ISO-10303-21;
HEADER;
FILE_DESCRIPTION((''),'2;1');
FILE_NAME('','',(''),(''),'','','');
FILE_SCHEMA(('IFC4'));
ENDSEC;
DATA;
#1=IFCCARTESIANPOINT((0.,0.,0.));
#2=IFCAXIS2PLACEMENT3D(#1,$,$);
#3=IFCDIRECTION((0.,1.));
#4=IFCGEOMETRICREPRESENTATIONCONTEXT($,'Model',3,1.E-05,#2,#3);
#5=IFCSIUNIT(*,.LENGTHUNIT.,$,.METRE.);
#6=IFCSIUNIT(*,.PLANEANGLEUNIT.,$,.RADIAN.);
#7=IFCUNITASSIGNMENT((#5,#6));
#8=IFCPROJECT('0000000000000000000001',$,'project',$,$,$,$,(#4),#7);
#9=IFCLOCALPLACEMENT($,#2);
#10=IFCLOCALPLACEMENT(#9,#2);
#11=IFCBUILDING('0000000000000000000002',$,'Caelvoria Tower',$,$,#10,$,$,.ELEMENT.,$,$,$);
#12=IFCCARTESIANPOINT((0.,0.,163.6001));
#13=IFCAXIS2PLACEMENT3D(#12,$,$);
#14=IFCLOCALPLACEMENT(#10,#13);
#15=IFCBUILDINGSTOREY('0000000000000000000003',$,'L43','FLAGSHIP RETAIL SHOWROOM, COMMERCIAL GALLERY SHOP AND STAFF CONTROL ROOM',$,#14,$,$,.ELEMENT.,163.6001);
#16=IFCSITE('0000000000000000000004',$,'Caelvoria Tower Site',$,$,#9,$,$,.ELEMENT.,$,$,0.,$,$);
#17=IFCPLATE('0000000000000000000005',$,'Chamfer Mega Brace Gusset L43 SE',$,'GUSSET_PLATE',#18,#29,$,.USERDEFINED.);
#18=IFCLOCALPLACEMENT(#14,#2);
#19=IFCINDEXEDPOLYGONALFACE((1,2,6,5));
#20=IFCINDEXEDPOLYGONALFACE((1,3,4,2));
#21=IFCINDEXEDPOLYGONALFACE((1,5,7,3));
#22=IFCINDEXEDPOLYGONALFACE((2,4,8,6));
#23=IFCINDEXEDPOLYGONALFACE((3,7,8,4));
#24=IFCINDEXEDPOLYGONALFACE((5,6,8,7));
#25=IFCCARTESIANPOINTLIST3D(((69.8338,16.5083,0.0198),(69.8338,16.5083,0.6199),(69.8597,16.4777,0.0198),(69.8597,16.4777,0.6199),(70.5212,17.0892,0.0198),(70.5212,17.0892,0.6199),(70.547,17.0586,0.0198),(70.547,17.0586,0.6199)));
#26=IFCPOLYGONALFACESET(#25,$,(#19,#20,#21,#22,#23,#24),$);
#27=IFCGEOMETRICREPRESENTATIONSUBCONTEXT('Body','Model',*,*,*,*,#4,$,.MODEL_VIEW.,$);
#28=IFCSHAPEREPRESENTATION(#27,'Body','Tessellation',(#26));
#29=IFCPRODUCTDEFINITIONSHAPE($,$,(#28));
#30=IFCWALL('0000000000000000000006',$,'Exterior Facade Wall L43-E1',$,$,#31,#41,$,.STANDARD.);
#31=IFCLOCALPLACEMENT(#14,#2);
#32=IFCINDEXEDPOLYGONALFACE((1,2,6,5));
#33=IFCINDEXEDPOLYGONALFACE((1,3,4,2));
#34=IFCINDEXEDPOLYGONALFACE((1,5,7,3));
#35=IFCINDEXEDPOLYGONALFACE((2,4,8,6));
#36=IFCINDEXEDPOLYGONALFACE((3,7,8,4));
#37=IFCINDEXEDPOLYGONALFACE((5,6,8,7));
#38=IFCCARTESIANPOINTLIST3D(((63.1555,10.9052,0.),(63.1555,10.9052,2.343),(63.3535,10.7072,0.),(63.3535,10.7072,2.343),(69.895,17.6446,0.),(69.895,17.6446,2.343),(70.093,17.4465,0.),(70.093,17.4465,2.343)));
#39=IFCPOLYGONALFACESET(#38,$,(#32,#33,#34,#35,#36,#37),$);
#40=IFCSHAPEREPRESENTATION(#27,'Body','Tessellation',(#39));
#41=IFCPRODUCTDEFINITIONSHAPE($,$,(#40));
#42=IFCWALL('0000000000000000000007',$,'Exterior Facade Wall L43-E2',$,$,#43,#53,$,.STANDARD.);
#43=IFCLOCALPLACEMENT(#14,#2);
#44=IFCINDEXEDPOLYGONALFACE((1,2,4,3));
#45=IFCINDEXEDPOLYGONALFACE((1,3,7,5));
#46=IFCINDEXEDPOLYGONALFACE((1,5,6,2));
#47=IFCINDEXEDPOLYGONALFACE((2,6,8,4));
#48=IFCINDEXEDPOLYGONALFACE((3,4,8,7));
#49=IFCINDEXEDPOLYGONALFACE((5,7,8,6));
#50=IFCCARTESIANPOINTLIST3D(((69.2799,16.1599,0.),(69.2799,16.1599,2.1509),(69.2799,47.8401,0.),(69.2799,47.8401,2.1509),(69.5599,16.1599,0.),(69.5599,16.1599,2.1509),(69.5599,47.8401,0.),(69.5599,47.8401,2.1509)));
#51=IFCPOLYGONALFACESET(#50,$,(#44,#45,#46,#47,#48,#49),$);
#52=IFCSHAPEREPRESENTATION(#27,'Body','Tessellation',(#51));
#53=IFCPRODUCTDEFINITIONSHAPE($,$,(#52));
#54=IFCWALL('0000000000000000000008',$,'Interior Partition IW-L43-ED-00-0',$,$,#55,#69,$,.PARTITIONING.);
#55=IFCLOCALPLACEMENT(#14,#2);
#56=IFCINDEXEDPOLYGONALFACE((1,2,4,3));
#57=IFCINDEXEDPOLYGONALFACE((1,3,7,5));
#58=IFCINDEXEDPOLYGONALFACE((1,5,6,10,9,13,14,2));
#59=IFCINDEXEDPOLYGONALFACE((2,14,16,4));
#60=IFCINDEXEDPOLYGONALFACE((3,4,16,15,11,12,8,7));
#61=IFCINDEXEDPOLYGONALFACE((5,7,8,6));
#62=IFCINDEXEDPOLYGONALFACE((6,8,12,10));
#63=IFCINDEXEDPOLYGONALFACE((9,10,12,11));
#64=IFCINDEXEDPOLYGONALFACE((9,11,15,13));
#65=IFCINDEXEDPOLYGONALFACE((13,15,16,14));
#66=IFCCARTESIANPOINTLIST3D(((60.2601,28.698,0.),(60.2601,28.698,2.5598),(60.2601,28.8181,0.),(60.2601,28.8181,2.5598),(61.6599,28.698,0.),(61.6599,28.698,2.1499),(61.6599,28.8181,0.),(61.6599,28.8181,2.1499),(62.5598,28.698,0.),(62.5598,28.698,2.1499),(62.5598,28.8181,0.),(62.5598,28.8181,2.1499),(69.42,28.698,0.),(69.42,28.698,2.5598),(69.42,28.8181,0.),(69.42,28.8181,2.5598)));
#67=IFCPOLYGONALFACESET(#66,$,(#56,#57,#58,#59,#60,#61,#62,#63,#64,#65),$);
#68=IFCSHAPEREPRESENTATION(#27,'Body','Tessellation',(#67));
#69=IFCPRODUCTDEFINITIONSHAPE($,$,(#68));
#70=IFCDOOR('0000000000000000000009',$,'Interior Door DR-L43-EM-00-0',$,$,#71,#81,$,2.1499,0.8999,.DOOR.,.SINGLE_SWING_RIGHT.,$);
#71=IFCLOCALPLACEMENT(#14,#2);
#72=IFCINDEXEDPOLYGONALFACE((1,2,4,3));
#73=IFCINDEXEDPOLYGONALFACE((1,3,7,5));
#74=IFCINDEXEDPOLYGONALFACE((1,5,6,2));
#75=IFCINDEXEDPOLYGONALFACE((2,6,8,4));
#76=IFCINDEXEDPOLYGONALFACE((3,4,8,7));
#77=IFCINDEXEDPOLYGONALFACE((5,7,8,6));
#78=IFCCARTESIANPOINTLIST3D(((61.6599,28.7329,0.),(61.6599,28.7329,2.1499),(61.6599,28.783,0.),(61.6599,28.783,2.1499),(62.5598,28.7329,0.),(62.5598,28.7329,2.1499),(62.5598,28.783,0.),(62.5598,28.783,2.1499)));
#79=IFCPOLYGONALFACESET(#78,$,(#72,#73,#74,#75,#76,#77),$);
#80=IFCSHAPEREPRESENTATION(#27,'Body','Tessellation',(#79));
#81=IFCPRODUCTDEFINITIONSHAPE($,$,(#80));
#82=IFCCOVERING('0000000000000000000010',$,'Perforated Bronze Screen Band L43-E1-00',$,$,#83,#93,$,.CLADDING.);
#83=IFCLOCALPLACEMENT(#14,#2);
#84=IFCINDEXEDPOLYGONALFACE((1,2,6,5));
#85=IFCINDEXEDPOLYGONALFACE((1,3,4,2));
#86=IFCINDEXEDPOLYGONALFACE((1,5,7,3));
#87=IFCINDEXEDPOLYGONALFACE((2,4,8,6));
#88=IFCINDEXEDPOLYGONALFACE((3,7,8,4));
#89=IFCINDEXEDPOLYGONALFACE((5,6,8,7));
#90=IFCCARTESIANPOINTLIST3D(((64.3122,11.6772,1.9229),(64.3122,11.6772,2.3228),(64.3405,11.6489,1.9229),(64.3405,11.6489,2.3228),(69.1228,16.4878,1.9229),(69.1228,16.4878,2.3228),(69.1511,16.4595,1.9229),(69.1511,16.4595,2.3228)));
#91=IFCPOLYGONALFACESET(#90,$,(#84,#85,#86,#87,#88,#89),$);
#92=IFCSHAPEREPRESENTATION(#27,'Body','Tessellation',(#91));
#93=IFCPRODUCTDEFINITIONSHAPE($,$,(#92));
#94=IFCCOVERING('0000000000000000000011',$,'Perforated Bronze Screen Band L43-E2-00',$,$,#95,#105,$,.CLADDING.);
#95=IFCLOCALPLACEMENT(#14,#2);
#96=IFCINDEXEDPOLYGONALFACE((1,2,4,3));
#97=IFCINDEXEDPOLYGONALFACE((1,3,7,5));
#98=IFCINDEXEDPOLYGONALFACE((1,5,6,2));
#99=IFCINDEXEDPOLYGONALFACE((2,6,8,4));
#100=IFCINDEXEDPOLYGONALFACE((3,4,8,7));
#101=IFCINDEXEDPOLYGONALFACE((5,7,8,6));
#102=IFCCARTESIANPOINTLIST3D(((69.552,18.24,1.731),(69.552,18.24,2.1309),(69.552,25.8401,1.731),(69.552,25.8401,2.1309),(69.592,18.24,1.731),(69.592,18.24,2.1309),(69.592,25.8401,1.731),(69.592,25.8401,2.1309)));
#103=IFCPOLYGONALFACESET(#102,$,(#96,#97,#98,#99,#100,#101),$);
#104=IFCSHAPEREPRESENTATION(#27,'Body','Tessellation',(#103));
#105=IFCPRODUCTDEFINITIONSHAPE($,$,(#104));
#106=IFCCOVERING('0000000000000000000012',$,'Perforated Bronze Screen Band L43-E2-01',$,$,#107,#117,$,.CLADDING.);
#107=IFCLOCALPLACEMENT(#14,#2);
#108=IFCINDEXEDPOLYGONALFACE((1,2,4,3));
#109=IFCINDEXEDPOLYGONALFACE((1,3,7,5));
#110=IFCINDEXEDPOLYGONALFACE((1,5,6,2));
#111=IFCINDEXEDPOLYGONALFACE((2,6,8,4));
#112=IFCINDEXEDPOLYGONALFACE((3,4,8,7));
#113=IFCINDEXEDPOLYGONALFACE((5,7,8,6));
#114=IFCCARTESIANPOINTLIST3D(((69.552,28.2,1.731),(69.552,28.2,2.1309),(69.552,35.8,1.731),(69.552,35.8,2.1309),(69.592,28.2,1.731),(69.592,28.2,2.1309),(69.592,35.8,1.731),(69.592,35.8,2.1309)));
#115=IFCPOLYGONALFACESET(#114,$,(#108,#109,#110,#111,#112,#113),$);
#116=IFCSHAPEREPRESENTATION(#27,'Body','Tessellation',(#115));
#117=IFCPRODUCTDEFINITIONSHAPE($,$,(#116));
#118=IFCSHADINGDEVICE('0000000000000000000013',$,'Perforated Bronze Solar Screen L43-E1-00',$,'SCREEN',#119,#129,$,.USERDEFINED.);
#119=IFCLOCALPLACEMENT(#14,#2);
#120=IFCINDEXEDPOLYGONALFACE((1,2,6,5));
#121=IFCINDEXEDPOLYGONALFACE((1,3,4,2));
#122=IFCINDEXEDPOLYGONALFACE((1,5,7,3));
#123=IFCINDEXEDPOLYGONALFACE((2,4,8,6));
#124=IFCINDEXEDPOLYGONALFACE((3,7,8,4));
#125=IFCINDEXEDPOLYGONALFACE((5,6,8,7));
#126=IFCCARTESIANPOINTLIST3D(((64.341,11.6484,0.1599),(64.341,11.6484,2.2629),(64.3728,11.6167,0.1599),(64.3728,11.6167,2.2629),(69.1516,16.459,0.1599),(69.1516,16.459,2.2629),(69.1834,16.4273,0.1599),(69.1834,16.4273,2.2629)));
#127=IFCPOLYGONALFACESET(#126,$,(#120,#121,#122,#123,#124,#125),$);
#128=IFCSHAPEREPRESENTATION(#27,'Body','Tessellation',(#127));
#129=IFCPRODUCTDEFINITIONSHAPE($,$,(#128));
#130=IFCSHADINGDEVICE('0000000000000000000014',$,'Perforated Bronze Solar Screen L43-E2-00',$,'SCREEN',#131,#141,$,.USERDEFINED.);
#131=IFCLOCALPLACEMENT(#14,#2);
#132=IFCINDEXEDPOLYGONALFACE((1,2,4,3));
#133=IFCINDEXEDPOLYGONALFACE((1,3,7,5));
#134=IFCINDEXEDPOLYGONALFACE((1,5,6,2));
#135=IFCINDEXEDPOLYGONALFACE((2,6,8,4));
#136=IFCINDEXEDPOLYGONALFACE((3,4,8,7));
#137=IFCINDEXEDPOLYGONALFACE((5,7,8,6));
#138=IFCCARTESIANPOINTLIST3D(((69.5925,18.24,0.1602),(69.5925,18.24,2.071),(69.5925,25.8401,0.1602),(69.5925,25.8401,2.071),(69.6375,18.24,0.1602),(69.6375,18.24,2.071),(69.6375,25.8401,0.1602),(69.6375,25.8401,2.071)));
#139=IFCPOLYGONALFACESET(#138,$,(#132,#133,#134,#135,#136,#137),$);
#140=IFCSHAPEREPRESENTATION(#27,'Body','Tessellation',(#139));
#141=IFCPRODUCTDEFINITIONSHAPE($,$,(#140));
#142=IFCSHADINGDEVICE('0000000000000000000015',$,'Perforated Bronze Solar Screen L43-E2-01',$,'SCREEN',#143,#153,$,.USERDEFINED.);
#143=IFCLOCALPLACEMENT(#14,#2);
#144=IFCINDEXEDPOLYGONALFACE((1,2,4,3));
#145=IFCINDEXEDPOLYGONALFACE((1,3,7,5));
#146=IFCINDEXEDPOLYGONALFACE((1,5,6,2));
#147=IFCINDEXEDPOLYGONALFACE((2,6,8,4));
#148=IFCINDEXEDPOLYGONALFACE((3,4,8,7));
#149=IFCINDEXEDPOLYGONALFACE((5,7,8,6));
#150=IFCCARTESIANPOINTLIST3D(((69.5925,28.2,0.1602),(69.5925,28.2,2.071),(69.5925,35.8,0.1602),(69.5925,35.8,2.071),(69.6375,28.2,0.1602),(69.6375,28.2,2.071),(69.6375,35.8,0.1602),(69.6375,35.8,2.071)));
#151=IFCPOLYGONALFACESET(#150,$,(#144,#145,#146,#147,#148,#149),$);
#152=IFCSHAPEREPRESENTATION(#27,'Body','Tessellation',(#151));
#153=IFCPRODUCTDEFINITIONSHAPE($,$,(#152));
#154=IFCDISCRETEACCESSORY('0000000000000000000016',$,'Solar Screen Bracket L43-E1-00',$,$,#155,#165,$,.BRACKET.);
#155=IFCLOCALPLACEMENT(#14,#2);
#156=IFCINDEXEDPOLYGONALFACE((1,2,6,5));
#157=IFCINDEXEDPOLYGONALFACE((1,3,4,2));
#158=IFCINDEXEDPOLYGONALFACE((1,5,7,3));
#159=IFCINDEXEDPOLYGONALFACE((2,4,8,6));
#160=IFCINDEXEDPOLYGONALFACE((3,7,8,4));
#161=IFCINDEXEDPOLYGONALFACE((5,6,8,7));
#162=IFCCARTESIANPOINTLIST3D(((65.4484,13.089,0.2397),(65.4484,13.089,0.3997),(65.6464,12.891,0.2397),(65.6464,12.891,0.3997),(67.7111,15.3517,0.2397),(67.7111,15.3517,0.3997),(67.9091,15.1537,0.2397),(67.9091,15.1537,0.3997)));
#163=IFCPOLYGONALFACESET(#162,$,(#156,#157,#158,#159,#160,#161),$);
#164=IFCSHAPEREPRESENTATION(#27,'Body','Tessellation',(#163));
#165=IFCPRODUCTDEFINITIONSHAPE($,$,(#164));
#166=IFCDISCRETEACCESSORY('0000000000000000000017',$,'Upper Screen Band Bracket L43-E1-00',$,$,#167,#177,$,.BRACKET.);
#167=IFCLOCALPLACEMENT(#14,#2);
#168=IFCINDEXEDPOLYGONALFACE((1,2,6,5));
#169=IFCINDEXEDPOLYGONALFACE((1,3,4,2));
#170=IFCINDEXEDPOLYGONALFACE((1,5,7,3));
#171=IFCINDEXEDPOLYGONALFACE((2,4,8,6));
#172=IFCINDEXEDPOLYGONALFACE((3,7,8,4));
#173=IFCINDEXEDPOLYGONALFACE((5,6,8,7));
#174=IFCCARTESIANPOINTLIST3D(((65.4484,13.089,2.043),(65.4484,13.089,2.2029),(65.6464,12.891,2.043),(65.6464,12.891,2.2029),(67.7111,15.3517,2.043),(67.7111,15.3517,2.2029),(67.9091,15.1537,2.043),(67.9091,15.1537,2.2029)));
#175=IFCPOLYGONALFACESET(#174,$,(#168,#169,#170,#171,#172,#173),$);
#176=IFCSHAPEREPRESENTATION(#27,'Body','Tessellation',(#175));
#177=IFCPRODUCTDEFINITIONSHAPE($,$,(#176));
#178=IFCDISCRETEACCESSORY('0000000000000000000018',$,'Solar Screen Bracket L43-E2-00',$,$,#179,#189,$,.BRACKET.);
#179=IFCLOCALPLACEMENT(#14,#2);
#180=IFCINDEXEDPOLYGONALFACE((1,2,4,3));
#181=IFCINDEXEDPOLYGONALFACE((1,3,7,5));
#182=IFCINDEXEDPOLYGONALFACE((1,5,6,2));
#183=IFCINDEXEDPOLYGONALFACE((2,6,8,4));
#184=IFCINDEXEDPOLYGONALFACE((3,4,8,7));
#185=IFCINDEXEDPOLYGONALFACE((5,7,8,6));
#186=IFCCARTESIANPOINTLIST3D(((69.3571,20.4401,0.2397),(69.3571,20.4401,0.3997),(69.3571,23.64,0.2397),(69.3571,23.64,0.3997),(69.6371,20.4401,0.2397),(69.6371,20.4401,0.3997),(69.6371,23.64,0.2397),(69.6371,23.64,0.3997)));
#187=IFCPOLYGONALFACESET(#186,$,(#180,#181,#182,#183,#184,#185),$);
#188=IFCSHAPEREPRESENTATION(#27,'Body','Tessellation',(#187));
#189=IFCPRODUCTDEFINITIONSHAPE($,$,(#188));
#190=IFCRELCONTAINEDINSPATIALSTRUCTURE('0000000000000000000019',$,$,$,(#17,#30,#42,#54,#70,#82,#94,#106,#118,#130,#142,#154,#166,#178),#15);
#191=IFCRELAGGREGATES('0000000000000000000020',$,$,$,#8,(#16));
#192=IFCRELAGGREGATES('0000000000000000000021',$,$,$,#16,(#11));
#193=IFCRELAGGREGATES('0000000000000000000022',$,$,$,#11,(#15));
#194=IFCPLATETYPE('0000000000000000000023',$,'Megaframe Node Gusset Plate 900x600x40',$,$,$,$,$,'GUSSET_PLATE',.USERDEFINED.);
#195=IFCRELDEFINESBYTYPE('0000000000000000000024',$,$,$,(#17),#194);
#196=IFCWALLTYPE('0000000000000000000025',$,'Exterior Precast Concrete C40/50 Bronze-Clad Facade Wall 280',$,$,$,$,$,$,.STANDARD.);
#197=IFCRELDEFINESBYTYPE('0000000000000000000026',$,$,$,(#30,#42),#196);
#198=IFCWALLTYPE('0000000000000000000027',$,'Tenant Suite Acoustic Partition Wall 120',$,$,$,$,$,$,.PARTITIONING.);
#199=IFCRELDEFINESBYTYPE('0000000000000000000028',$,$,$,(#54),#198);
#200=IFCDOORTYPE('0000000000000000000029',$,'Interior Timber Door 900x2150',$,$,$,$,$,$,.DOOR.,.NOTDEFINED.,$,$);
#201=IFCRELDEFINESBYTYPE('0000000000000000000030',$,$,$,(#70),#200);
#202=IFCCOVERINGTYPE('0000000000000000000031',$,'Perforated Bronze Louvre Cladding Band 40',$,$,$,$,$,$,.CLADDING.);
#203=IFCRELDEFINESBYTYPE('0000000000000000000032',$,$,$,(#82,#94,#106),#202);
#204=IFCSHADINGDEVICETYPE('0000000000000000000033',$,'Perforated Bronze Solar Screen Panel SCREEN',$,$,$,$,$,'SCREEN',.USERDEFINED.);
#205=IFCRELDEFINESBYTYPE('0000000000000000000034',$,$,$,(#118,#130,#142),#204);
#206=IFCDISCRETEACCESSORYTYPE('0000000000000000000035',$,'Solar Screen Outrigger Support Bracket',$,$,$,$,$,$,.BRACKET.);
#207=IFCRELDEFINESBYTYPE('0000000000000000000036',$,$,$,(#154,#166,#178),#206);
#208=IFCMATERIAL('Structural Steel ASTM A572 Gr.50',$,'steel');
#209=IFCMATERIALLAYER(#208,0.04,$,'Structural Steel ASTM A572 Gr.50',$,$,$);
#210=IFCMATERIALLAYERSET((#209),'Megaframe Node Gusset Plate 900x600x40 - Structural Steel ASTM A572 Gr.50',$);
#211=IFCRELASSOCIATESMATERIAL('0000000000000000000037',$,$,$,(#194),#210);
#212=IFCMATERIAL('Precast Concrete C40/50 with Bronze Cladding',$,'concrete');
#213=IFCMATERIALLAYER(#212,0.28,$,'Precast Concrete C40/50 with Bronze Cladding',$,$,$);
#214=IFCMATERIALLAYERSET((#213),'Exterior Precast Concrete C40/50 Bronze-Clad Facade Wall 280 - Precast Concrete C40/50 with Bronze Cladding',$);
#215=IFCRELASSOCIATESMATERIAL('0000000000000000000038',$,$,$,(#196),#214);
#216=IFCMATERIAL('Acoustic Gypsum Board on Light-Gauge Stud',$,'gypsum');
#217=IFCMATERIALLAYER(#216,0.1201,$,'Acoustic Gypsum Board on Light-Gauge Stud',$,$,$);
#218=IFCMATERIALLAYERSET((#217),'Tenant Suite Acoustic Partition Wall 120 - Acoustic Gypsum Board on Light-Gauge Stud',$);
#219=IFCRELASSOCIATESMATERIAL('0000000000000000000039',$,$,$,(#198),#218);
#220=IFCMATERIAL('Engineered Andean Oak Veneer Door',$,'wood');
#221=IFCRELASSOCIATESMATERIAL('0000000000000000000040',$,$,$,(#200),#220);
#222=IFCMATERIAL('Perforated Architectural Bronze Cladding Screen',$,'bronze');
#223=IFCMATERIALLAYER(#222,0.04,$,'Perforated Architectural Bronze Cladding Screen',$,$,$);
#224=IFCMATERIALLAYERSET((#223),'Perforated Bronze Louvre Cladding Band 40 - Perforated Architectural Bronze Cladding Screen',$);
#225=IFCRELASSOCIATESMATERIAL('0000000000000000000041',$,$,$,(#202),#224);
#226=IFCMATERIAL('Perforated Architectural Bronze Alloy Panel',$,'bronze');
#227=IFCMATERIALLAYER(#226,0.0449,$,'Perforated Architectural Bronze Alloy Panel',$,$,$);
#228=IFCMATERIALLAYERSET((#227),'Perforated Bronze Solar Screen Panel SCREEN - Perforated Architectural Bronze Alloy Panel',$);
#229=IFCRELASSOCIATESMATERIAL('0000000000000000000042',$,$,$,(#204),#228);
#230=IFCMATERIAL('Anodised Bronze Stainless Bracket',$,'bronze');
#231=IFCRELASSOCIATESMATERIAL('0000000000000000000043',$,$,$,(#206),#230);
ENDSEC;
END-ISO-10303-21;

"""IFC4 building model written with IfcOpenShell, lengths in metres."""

from ifc_helpers import new_model, si_unit, direction, frame, frame_2d, origin, origin_2d, place, context, subcontext, project, spatial, rectangle, extrude, material, layer, layer_set, type_object, element, fill, save


model = new_model("IFC4")

# Units and contexts
model_context = context("Model", 3, precision=1e-05, world=origin(), true_north=direction((0.0, 1.0)))
body_context = subcontext(model_context, "Body", "Model", "MODEL_VIEW")
ifc_project = project(units=[si_unit("LENGTHUNIT", "METRE"), si_unit("PLANEANGLEUNIT", "RADIAN")], contexts=[model_context])

# Site, building, storey
site_placement = place(None, origin())
site = spatial("IfcSite", under=ifc_project, at=site_placement, Name="Caelvoria Tower Site", CompositionType="ELEMENT", RefElevation=0.0)
building_placement = place(site_placement, origin())
building = spatial("IfcBuilding", under=site, at=building_placement, Name="Caelvoria Tower", CompositionType="ELEMENT")
storey_placement = place(building_placement, frame((0.0, 0.0, 163.6001)))
storey = spatial("IfcBuildingStorey", under=building, at=storey_placement, Name="L43", Description="FLAGSHIP RETAIL SHOWROOM, COMMERCIAL GALLERY SHOP AND STAFF CONTROL ROOM", CompositionType="ELEMENT", Elevation=163.6001)

# Shared definitions
ifc_material_1 = material(Name="Structural Steel ASTM A572 Gr.50", Category="steel")

# Plate
ifc_layer_1 = layer(ifc_material_1, 0.04, Name="Structural Steel ASTM A572 Gr.50")
ifc_layer_set_1 = layer_set([ifc_layer_1], Name="Megaframe Node Gusset Plate 900x600x40 - Structural Steel ASTM A572 Gr.50")
plate_type = type_object("IfcPlateType", Name="Megaframe Node Gusset Plate 900x600x40", ElementType="GUSSET_PLATE", PredefinedType="USERDEFINED", material=ifc_layer_set_1)
plate_placement = place(storey_placement, frame((70.1904, 16.7834, 0.0198), z_axis=(0.0, 0.0, 1.0), x_axis=(-0.763772, -0.645486, 0.0)))
element("IfcPlate", 1, at=plate_placement, inside=storey, type_object=plate_type, Name="Chamfer Mega Brace Gusset L43 SE", ObjectType="GUSSET_PLATE", PredefinedType="USERDEFINED", context=body_context, shape_type="SweptSolid", body=[
    extrude(rectangle(XDim=0.8999, YDim=0.04, at=origin_2d()), origin(), (0.0, 0.0, 1.0), 0.6001),
])

# Walls
ifc_material_2 = material(Name="Precast Concrete C40/50 with Bronze Cladding", Category="concrete")
ifc_layer_2 = layer(ifc_material_2, 0.28, Name="Precast Concrete C40/50 with Bronze Cladding")
ifc_layer_set_2 = layer_set([ifc_layer_2], Name="Exterior Precast Concrete C40/50 Bronze-Clad Facade Wall 280 - Precast Concrete C40/50 with Bronze Cladding")
wall_type_1 = type_object("IfcWallType", Name="Exterior Precast Concrete C40/50 Bronze-Clad Facade Wall 280", PredefinedType="STANDARD", material=ifc_layer_set_2)
wall_1_placement = place(storey_placement, frame((63.2544, 10.8062, 0.0), z_axis=(0.0, 0.0, 1.0), x_axis=(0.70712, 0.707094, 0.0)))
element("IfcWall", 2, at=wall_1_placement, inside=storey, type_object=wall_type_1, Name="Exterior Facade Wall L43-E1", PredefinedType="STANDARD", context=body_context, shape_type="SweptSolid", body=[
    extrude(rectangle(XDim=9.531, YDim=0.28, at=frame_2d((4.7656, 0.0))), origin(), (0.0, 0.0, 1.0), 2.343),
])
wall_2_placement = place(storey_placement, frame((69.4199, 16.1599, 0.0), z_axis=(0.0, 0.0, 1.0), x_axis=(0.0, 1.0, 0.0)))
element("IfcWall", 3, at=wall_2_placement, inside=storey, type_object=wall_type_1, Name="Exterior Facade Wall L43-E2", PredefinedType="STANDARD", context=body_context, shape_type="SweptSolid", body=[
    extrude(rectangle(XDim=31.6802, YDim=0.28, at=frame_2d((15.8401, 0.0))), origin(), (0.0, 0.0, 1.0), 2.1509),
])

# Wall, opening, door
ifc_material_3 = material(Name="Acoustic Gypsum Board on Light-Gauge Stud", Category="gypsum")
ifc_layer_3 = layer(ifc_material_3, 0.1201, Name="Acoustic Gypsum Board on Light-Gauge Stud")
ifc_layer_set_3 = layer_set([ifc_layer_3], Name="Tenant Suite Acoustic Partition Wall 120 - Acoustic Gypsum Board on Light-Gauge Stud")
wall_type_2 = type_object("IfcWallType", Name="Tenant Suite Acoustic Partition Wall 120", PredefinedType="PARTITIONING", material=ifc_layer_set_3)
wall_3_placement = place(storey_placement, frame((60.26, 28.7581, 0.0), z_axis=(0.0, 0.0, 1.0), x_axis=(1.0, 0.0, 0.0)))
wall_3 = element("IfcWall", 4, at=wall_3_placement, inside=storey, type_object=wall_type_2, Name="Interior Partition IW-L43-ED-00-0", PredefinedType="PARTITIONING", context=body_context, shape_type="SweptSolid", body=[
    extrude(rectangle(XDim=9.1599, YDim=0.1201, at=frame_2d((4.5801, 0.0))), origin(), (0.0, 0.0, 1.0), 2.5598),
])
opening_placement = place(wall_3_placement, frame((1.3999, 0.0, 0.0)))
opening = element("IfcOpeningElement", 5, at=opening_placement, cuts=wall_3, PredefinedType="OPENING", context=body_context, shape_type="SweptSolid", body=[
    extrude(rectangle(XDim=0.8999, YDim=2.1499, at=frame_2d((0.45, 1.075))), frame((0.0, 0.0701, 0.0), z_axis=(0.0, -1.0, 0.0), x_axis=(1.0, 0.0, 0.0)), (0.0, 0.0, 1.0), 0.1401),
])
ifc_material_4 = material(Name="Engineered Andean Oak Veneer Door", Category="wood")
door_type = type_object("IfcDoorType", Name="Interior Timber Door 900x2150", OperationType="NOTDEFINED", PredefinedType="DOOR", material=ifc_material_4)
door_placement = place(opening_placement, origin())
door = element("IfcDoor", 6, at=door_placement, inside=storey, type_object=door_type, Name="Interior Door DR-L43-EM-00-0", OperationType="SINGLE_SWING_RIGHT", OverallHeight=2.1499, OverallWidth=0.8999, PredefinedType="DOOR", context=body_context, shape_type="SweptSolid", body=[
    extrude(rectangle(XDim=0.8999, YDim=2.1499, at=frame_2d((0.45, 1.075))), frame((0.0, 0.0249, 0.0), z_axis=(0.0, -1.0, 0.0), x_axis=(1.0, 0.0, 0.0)), (0.0, 0.0, 1.0), 0.05),
])
fill(opening, door)

# Coverings
ifc_material_5 = material(Name="Perforated Architectural Bronze Cladding Screen", Category="bronze")
ifc_layer_4 = layer(ifc_material_5, 0.04, Name="Perforated Architectural Bronze Cladding Screen")
ifc_layer_set_4 = layer_set([ifc_layer_4], Name="Perforated Bronze Louvre Cladding Band 40 - Perforated Architectural Bronze Cladding Screen")
covering_type = type_object("IfcCoveringType", Name="Perforated Bronze Louvre Cladding Band 40", PredefinedType="CLADDING", material=ifc_layer_set_4)
covering_placement = place(storey_placement, frame((66.7317, 14.0684, 1.9229), z_axis=(0.0, 0.0, 1.0), x_axis=(0.707107, 0.707107, 0.0)))
element("IfcCovering", 7, at=covering_placement, inside=storey, type_object=covering_type, Name="Perforated Bronze Screen Band L43-E1-00", PredefinedType="CLADDING", context=body_context, shape_type="SweptSolid", body=[
    extrude(rectangle(XDim=6.8032, YDim=0.04, at=origin_2d()), origin(), (0.0, 0.0, 1.0), 0.3999),
])
for number, where, z_axis, x_axis, name in (
    (8, (69.572, 22.04, 1.731), (0.0, 0.0, 1.0), (0.0, 1.0, 0.0), "Perforated Bronze Screen Band L43-E2-00"),
    (9, (69.572, 32.0, 1.731), (0.0, 0.0, 1.0), (0.0, 1.0, 0.0), "Perforated Bronze Screen Band L43-E2-01"),
):
    element("IfcCovering", number, at=place(storey_placement, frame(where, z_axis=z_axis, x_axis=x_axis)), inside=storey, type_object=covering_type, Name=name, PredefinedType="CLADDING", context=body_context, shape_type="SweptSolid", body=[
        extrude(rectangle(XDim=7.6001, YDim=0.04, at=origin_2d()), origin(), (0.0, 0.0, 1.0), 0.3999),
    ])

# Shading devices
ifc_material_6 = material(Name="Perforated Architectural Bronze Alloy Panel", Category="bronze")
ifc_layer_5 = layer(ifc_material_6, 0.0449, Name="Perforated Architectural Bronze Alloy Panel")
ifc_layer_set_5 = layer_set([ifc_layer_5], Name="Perforated Bronze Solar Screen Panel SCREEN - Perforated Architectural Bronze Alloy Panel")
shading_device_type = type_object("IfcShadingDeviceType", Name="Perforated Bronze Solar Screen Panel SCREEN", ElementType="SCREEN", PredefinedType="USERDEFINED", material=ifc_layer_set_5)
shading_device_placement = place(storey_placement, frame((66.7622, 14.0378, 0.1599), z_axis=(0.0, 0.0, 1.0), x_axis=(0.707107, 0.707107, 0.0)))
element("IfcShadingDevice", 10, at=shading_device_placement, inside=storey, type_object=shading_device_type, Name="Perforated Bronze Solar Screen L43-E1-00", ObjectType="SCREEN", PredefinedType="USERDEFINED", context=body_context, shape_type="SweptSolid", body=[
    extrude(rectangle(XDim=6.8032, YDim=0.0449, at=origin_2d()), origin(), (0.0, 0.0, 1.0), 2.103),
])
for number, where, z_axis, x_axis, name in (
    (11, (69.615, 22.04, 0.1602), (0.0, 0.0, 1.0), (0.0, 1.0, 0.0), "Perforated Bronze Solar Screen L43-E2-00"),
    (12, (69.615, 32.0, 0.1602), (0.0, 0.0, 1.0), (0.0, 1.0, 0.0), "Perforated Bronze Solar Screen L43-E2-01"),
):
    element("IfcShadingDevice", number, at=place(storey_placement, frame(where, z_axis=z_axis, x_axis=x_axis)), inside=storey, type_object=shading_device_type, Name=name, ObjectType="SCREEN", PredefinedType="USERDEFINED", context=body_context, shape_type="SweptSolid", body=[
        extrude(rectangle(XDim=7.6001, YDim=0.0449, at=origin_2d()), origin(), (0.0, 0.0, 1.0), 1.9109),
    ])

# Discrete accessories
ifc_material_7 = material(Name="Anodised Bronze Stainless Bracket", Category="bronze")
discrete_accessory_type = type_object("IfcDiscreteAccessoryType", Name="Solar Screen Outrigger Support Bracket", PredefinedType="BRACKET", material=ifc_material_7)
for number, where, z_axis, x_axis, name in (
    (13, (66.6787, 14.1213, 0.2397), (0.0, 0.0, 1.0), (0.707107, 0.707107, 0.0), "Solar Screen Bracket L43-E1-00"),
    (14, (66.6787, 14.1213, 2.043), (0.0, 0.0, 1.0), (0.707107, 0.707107, 0.0), "Upper Screen Band Bracket L43-E1-00"),
    (15, (69.4971, 22.04, 0.2397), (0.0, 0.0, 1.0), (0.0, 1.0, 0.0), "Solar Screen Bracket L43-E2-00"),
):
    element("IfcDiscreteAccessory", number, at=place(storey_placement, frame(where, z_axis=z_axis, x_axis=x_axis)), inside=storey, type_object=discrete_accessory_type, Name=name, PredefinedType="BRACKET", context=body_context, shape_type="SweptSolid", body=[
        extrude(rectangle(XDim=3.2, YDim=0.28, at=origin_2d()), origin(), (0.0, 0.0, 1.0), 0.1599),
    ])

save(model, "model.ifc")
